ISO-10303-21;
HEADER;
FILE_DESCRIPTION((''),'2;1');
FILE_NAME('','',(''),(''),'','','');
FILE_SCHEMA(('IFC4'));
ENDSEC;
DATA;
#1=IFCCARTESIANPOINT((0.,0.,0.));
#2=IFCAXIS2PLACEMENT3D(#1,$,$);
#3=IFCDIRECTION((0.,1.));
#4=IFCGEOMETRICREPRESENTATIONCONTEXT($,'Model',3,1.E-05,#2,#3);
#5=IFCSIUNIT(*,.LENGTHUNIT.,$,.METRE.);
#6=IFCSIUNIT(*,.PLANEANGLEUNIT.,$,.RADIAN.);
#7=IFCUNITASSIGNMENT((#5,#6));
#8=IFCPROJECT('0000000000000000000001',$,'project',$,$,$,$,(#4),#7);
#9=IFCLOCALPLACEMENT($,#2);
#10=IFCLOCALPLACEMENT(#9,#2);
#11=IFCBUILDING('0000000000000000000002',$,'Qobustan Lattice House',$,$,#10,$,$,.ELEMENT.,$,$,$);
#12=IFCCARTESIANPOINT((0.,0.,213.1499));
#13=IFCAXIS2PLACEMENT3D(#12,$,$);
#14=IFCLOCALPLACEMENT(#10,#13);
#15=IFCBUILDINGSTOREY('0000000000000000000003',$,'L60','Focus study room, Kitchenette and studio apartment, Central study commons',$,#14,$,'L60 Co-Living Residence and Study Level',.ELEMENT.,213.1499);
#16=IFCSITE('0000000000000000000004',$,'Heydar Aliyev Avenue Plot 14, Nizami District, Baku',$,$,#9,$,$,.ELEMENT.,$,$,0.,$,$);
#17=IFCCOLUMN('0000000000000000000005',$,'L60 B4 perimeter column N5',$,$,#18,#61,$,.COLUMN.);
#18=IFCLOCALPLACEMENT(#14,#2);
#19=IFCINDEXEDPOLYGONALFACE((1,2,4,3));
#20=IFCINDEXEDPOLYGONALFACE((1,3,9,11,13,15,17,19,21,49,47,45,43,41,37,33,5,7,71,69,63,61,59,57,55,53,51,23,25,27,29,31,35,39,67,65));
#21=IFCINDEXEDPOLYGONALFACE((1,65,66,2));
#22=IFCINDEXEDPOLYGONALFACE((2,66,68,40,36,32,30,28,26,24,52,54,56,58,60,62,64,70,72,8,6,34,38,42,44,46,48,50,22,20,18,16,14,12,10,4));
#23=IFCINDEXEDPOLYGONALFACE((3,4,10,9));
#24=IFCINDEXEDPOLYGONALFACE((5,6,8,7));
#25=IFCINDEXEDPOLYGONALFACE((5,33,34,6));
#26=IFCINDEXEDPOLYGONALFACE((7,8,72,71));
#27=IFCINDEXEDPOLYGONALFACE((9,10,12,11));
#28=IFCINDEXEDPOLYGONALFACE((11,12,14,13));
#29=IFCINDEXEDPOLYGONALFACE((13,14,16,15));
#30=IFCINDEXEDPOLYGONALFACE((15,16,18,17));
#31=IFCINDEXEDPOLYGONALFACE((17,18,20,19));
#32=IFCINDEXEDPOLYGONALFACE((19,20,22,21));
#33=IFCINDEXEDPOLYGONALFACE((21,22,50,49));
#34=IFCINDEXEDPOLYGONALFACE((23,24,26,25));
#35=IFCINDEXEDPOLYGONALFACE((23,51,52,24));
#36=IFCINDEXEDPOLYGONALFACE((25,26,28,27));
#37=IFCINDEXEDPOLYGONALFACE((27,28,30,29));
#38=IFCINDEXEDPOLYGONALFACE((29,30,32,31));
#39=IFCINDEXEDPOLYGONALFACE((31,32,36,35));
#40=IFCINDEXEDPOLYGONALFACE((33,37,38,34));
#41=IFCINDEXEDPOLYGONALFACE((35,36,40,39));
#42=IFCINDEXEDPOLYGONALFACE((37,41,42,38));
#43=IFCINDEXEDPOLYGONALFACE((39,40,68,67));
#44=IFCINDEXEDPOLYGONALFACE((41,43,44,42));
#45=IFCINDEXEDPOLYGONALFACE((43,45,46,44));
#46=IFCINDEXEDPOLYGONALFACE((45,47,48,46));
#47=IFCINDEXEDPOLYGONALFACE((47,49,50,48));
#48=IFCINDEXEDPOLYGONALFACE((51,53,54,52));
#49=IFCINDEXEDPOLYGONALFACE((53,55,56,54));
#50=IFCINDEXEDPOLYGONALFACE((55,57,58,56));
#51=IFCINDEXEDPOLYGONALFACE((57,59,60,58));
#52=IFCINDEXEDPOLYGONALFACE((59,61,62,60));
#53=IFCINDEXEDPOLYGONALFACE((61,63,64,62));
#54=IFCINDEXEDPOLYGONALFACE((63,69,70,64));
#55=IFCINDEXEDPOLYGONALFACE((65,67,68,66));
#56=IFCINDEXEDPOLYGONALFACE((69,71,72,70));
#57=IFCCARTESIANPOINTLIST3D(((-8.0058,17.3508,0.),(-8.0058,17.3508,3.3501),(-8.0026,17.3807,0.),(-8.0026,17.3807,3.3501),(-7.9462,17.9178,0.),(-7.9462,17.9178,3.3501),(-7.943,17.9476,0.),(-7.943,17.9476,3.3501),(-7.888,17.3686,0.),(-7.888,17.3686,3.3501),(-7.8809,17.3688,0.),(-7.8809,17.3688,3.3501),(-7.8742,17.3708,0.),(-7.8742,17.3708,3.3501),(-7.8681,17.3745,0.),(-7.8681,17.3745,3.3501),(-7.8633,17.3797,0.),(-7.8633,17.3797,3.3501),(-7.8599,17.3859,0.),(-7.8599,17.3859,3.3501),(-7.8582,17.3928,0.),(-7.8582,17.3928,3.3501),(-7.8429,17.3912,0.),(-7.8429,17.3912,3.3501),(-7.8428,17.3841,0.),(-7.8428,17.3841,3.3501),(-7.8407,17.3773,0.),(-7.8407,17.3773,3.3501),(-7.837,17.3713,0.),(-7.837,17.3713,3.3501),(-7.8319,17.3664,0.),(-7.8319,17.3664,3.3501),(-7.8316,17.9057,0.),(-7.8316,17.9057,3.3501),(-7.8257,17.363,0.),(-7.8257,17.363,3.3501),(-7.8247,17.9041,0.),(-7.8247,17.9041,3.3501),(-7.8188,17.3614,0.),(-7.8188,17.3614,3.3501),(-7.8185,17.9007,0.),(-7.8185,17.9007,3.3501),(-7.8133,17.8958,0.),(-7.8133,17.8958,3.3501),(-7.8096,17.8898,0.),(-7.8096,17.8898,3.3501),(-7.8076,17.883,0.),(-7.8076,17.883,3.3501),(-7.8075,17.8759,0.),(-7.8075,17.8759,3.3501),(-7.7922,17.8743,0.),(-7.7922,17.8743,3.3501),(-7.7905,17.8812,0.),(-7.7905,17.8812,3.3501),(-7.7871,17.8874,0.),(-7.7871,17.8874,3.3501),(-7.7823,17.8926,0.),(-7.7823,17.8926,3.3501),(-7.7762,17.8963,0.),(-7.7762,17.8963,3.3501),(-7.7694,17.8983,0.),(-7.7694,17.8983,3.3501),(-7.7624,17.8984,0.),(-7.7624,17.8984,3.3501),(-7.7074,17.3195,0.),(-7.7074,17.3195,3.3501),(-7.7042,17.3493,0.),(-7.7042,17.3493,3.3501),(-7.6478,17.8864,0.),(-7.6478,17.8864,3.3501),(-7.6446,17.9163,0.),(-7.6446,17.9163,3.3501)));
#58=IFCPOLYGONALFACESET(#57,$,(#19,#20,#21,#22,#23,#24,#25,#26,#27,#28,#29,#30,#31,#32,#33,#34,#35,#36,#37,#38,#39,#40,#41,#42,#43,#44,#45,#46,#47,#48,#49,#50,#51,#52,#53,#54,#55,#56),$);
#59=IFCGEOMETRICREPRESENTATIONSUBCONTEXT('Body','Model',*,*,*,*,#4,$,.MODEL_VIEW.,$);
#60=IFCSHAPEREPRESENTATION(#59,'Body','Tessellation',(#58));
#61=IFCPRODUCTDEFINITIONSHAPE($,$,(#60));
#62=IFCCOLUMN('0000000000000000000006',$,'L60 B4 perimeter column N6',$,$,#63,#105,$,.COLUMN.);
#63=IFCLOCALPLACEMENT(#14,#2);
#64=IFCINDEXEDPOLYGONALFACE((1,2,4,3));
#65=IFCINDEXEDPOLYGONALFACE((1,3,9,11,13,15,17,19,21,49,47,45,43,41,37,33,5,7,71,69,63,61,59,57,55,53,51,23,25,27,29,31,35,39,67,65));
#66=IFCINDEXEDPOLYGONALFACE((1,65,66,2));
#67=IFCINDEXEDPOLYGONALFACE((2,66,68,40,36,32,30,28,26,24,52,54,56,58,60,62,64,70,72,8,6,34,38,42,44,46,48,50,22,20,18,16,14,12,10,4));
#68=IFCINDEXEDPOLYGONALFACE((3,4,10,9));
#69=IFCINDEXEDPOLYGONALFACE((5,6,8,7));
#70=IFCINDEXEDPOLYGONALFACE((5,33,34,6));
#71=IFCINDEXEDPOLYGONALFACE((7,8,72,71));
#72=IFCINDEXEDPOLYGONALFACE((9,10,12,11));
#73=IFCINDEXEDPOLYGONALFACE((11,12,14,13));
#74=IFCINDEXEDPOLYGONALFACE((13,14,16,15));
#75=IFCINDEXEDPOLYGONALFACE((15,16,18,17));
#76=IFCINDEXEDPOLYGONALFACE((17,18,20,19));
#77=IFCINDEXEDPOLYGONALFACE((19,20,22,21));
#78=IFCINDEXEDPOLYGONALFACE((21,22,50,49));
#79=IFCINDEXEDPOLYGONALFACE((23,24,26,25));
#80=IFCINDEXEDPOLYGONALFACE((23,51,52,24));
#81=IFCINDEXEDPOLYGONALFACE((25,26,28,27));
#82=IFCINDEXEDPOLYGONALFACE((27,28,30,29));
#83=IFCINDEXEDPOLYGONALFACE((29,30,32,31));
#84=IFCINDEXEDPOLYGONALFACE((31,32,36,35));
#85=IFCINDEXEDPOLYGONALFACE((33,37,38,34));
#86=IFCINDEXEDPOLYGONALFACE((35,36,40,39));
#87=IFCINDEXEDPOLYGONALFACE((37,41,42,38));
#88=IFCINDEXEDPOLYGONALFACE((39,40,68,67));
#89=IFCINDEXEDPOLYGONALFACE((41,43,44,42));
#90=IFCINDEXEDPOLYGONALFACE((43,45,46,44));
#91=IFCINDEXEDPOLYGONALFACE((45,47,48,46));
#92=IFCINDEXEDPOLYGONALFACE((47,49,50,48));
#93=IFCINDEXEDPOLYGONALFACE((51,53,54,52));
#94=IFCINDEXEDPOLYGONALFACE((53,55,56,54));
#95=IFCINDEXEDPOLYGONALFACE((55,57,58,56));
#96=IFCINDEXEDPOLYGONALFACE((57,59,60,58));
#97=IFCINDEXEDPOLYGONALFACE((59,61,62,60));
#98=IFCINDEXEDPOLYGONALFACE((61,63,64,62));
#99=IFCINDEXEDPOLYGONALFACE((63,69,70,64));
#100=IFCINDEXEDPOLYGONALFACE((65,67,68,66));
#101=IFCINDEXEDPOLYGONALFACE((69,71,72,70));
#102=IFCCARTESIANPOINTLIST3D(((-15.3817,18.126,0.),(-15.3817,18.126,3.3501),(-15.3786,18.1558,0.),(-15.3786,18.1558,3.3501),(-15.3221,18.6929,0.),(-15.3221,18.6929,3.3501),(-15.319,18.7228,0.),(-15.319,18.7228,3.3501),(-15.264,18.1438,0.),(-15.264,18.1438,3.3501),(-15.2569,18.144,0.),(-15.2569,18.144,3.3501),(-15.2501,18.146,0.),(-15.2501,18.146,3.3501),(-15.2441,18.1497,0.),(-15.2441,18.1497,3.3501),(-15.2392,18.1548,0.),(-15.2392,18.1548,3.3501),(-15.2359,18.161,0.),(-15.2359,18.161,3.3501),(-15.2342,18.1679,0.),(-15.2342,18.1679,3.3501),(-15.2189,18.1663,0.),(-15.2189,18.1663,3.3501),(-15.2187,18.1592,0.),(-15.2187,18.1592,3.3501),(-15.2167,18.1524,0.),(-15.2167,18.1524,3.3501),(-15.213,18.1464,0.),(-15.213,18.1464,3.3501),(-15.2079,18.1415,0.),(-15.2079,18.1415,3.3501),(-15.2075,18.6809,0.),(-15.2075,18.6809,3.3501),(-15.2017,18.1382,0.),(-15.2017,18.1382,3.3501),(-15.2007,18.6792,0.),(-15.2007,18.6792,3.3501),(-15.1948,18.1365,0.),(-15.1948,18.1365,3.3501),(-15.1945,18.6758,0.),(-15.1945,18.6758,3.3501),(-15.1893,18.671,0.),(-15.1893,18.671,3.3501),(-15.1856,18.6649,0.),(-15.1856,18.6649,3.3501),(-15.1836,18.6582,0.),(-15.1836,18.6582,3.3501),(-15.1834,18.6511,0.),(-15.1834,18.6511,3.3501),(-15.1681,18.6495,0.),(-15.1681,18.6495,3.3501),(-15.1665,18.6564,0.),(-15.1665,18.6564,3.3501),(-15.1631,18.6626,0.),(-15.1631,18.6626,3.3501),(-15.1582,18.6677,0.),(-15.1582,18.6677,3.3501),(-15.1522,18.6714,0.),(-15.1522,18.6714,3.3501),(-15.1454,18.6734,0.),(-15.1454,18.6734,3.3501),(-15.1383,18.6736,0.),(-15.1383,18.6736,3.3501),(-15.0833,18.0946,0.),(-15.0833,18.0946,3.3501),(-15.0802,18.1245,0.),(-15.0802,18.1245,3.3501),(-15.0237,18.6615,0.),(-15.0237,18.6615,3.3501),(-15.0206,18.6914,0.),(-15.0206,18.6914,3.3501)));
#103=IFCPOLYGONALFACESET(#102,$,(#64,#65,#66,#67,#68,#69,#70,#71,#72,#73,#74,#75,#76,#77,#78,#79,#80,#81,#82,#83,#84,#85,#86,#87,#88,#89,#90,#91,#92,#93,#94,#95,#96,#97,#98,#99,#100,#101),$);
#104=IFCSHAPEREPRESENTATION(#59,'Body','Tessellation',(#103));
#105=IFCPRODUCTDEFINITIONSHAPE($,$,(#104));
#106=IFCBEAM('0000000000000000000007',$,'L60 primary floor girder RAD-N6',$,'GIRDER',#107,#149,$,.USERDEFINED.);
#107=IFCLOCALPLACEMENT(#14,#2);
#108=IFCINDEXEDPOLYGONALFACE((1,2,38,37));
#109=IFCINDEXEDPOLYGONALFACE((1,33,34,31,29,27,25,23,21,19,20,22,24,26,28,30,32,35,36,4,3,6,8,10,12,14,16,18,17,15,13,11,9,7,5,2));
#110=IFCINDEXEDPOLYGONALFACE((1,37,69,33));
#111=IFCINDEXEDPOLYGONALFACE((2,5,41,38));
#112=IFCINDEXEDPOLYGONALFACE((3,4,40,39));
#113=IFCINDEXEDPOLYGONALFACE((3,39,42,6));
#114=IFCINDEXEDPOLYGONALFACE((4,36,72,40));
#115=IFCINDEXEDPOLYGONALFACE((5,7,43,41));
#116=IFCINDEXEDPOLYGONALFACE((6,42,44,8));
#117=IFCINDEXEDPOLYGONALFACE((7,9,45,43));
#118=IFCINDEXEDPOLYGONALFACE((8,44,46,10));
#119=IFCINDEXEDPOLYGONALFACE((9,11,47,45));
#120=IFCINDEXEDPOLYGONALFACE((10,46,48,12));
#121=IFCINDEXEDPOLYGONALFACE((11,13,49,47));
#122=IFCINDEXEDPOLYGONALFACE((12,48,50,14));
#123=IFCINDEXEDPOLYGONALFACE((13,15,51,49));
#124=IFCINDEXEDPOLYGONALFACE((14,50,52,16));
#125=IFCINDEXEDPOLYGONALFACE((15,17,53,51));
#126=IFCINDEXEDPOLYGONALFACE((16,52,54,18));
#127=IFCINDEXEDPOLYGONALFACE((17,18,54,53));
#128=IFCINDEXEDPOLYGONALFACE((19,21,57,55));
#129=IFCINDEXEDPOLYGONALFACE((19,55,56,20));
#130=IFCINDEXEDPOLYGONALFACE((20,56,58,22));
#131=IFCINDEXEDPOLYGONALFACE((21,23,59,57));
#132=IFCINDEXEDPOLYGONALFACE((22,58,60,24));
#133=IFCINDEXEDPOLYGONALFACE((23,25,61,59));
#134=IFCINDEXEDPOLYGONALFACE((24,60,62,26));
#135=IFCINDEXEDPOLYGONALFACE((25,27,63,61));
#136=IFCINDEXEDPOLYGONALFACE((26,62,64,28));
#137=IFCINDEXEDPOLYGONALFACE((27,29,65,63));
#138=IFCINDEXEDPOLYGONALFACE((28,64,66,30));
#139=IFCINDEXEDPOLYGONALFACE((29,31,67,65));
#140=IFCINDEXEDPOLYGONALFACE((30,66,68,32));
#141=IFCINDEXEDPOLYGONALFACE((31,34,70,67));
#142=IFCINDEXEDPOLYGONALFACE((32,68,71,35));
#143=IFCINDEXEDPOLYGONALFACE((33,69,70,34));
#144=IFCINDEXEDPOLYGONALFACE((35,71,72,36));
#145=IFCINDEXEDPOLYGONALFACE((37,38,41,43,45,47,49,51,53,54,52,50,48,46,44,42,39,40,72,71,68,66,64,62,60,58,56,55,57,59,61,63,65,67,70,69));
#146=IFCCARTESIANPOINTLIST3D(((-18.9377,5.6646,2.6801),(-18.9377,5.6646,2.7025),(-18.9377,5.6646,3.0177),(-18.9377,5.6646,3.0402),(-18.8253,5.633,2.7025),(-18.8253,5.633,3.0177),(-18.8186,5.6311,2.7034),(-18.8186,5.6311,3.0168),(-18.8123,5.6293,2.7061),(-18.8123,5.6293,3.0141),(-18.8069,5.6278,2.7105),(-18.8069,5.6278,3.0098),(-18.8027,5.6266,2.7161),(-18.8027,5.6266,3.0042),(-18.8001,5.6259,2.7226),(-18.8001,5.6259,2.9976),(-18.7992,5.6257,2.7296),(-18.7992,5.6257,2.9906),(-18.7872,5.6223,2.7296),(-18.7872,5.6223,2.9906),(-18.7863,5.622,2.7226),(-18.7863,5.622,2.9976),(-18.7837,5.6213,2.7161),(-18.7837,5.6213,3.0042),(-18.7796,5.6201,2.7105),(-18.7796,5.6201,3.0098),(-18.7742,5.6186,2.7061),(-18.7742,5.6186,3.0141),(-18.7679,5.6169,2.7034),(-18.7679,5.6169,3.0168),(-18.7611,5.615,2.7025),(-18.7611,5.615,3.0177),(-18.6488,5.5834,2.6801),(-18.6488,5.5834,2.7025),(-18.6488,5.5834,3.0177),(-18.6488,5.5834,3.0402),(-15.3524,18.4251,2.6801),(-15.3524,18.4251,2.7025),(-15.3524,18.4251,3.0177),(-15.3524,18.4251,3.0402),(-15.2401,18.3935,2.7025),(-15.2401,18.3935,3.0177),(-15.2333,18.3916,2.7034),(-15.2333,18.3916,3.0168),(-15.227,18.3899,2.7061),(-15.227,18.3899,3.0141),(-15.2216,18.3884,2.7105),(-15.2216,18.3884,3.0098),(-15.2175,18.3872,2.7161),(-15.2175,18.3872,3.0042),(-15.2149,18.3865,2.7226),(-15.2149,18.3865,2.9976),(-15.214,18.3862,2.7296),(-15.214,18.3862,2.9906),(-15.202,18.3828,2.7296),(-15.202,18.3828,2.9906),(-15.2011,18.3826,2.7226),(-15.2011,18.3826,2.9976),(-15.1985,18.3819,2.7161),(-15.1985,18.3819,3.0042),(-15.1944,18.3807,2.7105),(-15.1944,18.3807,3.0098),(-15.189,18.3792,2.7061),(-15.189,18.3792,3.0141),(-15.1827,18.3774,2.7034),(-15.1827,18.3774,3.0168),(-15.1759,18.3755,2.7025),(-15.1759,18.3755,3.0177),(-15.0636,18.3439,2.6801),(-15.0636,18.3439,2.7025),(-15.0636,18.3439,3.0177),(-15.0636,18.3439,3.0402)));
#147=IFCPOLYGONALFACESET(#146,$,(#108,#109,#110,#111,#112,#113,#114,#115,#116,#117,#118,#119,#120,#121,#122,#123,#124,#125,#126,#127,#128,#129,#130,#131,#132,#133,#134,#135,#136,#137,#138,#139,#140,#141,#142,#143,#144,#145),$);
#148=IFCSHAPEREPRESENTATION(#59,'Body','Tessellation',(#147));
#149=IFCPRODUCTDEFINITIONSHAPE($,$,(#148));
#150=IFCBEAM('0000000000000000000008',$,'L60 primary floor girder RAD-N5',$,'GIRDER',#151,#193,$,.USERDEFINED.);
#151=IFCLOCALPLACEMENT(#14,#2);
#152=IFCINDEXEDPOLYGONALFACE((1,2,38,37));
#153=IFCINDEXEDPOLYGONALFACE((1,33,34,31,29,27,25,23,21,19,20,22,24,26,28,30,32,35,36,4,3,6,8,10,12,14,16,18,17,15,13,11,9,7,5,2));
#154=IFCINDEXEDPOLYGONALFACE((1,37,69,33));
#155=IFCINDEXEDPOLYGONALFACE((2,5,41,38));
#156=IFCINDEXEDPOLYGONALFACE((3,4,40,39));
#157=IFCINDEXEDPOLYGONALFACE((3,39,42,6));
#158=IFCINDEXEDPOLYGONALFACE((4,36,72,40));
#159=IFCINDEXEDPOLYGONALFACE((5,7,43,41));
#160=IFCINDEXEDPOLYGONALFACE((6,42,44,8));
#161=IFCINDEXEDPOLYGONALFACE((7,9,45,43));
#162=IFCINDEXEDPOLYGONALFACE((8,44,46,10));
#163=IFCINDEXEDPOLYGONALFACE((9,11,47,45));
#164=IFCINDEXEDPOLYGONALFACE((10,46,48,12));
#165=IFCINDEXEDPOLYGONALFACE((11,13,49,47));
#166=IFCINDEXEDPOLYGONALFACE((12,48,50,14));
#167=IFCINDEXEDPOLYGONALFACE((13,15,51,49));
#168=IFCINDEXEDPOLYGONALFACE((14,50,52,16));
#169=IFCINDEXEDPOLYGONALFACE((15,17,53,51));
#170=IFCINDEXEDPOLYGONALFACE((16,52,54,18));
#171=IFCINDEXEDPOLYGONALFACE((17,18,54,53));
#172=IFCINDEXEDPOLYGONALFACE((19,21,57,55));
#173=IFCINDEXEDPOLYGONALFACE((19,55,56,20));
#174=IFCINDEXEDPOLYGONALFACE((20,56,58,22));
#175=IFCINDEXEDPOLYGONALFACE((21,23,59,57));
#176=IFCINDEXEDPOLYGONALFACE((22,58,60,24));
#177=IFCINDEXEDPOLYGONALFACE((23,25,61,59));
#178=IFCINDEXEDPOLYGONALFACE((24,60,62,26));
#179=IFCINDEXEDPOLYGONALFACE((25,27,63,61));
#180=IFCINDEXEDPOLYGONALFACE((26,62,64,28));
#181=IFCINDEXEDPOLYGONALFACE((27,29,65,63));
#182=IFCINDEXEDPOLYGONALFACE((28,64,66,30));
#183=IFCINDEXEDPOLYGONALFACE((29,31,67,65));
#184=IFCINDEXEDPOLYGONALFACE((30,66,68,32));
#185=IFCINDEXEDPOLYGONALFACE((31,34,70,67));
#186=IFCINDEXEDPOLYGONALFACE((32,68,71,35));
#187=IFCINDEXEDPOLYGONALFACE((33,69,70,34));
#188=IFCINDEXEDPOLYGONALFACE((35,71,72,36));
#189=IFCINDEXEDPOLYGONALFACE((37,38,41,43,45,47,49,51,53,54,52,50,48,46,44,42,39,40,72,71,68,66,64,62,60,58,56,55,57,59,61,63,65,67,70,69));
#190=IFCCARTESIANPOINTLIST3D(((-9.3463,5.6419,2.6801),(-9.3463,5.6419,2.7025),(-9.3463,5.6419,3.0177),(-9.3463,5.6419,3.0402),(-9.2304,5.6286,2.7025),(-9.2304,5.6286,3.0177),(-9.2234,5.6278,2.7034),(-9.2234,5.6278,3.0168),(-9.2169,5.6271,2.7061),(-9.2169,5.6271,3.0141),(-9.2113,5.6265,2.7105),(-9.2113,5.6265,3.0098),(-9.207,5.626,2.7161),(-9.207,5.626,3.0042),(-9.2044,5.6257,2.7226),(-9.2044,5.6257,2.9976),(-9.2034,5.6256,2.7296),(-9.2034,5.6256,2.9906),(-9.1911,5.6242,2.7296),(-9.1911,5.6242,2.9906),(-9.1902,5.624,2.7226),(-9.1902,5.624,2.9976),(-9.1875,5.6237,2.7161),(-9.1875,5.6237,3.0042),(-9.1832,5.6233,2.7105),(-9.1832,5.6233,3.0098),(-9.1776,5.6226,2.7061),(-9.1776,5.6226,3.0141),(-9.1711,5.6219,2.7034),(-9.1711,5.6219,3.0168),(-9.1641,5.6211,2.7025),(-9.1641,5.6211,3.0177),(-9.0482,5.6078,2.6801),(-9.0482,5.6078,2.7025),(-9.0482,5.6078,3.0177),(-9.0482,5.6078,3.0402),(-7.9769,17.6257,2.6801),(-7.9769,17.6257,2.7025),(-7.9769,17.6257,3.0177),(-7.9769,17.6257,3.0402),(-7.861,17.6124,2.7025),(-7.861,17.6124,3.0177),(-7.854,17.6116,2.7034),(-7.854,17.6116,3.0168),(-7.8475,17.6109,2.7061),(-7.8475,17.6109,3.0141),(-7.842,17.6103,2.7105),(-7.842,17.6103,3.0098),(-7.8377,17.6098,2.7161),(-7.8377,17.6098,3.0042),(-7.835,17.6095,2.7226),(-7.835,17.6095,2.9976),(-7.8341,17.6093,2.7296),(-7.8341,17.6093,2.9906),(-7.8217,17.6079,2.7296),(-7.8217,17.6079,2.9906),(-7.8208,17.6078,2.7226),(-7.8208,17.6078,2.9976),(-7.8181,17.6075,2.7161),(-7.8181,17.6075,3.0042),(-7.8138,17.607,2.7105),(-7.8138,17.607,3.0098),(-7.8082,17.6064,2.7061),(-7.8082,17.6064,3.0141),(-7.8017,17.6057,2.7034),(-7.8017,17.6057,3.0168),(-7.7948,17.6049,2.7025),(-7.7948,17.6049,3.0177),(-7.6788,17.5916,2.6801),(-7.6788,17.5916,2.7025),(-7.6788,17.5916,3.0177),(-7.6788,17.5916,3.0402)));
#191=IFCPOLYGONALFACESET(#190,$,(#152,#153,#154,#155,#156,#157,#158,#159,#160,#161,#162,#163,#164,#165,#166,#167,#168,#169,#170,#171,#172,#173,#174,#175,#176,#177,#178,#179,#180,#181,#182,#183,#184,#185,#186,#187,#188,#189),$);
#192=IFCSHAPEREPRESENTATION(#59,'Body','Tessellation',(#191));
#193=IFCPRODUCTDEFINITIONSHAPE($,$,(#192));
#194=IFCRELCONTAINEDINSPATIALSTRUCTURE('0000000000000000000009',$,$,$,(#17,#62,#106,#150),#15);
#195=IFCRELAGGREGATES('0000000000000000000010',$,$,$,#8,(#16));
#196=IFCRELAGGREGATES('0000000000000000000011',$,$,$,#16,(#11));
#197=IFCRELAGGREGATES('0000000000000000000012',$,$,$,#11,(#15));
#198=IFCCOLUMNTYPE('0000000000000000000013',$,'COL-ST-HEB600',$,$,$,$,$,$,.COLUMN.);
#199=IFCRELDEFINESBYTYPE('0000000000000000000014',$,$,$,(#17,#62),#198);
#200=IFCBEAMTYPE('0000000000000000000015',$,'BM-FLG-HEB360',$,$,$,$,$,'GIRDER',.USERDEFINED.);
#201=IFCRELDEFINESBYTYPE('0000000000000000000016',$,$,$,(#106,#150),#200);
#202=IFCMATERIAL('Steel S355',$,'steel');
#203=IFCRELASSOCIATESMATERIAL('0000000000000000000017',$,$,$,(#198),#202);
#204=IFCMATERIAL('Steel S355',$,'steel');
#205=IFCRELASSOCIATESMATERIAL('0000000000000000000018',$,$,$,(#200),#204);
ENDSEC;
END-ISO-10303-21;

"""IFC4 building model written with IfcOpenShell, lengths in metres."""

from ifc_helpers import new_model, si_unit, direction, frame, origin, origin_2d, place, context, subcontext, project, spatial, i_section, extrude, material, material_profile, profile_set, type_object, element, save


model = new_model("IFC4")

# Units and contexts
model_context = context("Model", 3, precision=1e-05, world=origin(), true_north=direction((0.0, 1.0)))
body_context = subcontext(model_context, "Body", "Model", "MODEL_VIEW")
ifc_project = project(units=[si_unit("LENGTHUNIT", "METRE"), si_unit("PLANEANGLEUNIT", "RADIAN")], contexts=[model_context])

# Site, building, storey
site_placement = place(None, origin())
site = spatial("IfcSite", under=ifc_project, at=site_placement, Name="Heydar Aliyev Avenue Plot 14, Nizami District, Baku", CompositionType="ELEMENT", RefElevation=0.0)
building_placement = place(site_placement, origin())
building = spatial("IfcBuilding", under=site, at=building_placement, Name="Qobustan Lattice House", CompositionType="ELEMENT")
storey_placement = place(building_placement, frame((0.0, 0.0, 213.1499)))
storey = spatial("IfcBuildingStorey", under=building, at=storey_placement, Name="L60", Description="Focus study room, Kitchenette and studio apartment, Central study commons", LongName="L60 Co-Living Residence and Study Level", CompositionType="ELEMENT", Elevation=213.1499)

# Columns
ifc_material_1 = material(Name="Steel S355", Category="steel")
ifc_material_profile_1 = material_profile(ifc_material_1, i_section(OverallWidth=0.3, OverallDepth=0.6001, WebThickness=0.0154, FlangeThickness=0.03, FilletRadius=0.0271, at=origin_2d()), Name="HEB600")
ifc_profile_set_1 = profile_set([ifc_material_profile_1], Name="Steel S355")
column_type = type_object("IfcColumnType", Name="COL-ST-HEB600", PredefinedType="COLUMN", material=ifc_profile_set_1)
for number, where, z_axis, x_axis, name in (
    (1, (-7.8252, 17.6335, 0.0), (0.0, 0.0, 1.0), (0.994522, -0.104528, 0.0), "L60 B4 perimeter column N5"),
    (2, (-15.2012, 18.4087, 0.0), (0.0, 0.0, 1.0), (0.994522, -0.104528, 0.0), "L60 B4 perimeter column N6"),
):
    element("IfcColumn", number, at=place(storey_placement, frame(where, z_axis=z_axis, x_axis=x_axis)), inside=storey, type_object=column_type, Name=name, PredefinedType="COLUMN", context=body_context, shape_type="SweptSolid", body=[
        extrude(i_section(OverallWidth=0.3, OverallDepth=0.6001, WebThickness=0.0154, FlangeThickness=0.03, FilletRadius=0.0271, at=origin_2d()), origin(), (0.0, 0.0, 1.0), 3.3501),
    ])

# Beams
ifc_material_2 = material(Name="Steel S355", Category="steel")
ifc_material_profile_2 = material_profile(ifc_material_2, i_section(OverallWidth=0.3, OverallDepth=0.3601, WebThickness=0.0125, FlangeThickness=0.0225, FilletRadius=0.0271, at=origin_2d()), Name="HEB360")
ifc_profile_set_2 = profile_set([ifc_material_profile_2], Name="Steel S355")
beam_type_1 = type_object("IfcBeamType", Name="BM-FLG-HEB360", ElementType="GIRDER", PredefinedType="USERDEFINED", material=ifc_profile_set_2)
beam_1_placement = place(storey_placement, frame((-15.208, 18.3845, 2.8601), z_axis=(-0.270488, -0.962723, 0.0), x_axis=(0.962723, -0.270488, 0.0)))
element("IfcBeam", 3, at=beam_1_placement, inside=storey, type_object=beam_type_1, Name="L60 primary floor girder RAD-N6", ObjectType="GIRDER", PredefinedType="USERDEFINED", context=body_context, shape_type="SweptSolid", body=[
    extrude(i_section(OverallWidth=0.3, OverallDepth=0.3601, WebThickness=0.0125, FlangeThickness=0.0225, FilletRadius=0.0271, at=origin_2d()), origin(), (0.0, 0.0, 1.0), 13.2546),
])
beam_2_placement = place(storey_placement, frame((-7.8279, 17.6086, 2.8601), z_axis=(-0.11353, -0.993535, 0.0), x_axis=(0.993535, -0.11353, 0.0)))
element("IfcBeam", 4, at=beam_2_placement, inside=storey, type_object=beam_type_1, Name="L60 primary floor girder RAD-N5", ObjectType="GIRDER", PredefinedType="USERDEFINED", context=body_context, shape_type="SweptSolid", body=[
    extrude(i_section(OverallWidth=0.3, OverallDepth=0.3601, WebThickness=0.0125, FlangeThickness=0.0225, FilletRadius=0.0271, at=origin_2d()), origin(), (0.0, 0.0, 1.0), 12.0618),
])

save(model, "model.ifc")
